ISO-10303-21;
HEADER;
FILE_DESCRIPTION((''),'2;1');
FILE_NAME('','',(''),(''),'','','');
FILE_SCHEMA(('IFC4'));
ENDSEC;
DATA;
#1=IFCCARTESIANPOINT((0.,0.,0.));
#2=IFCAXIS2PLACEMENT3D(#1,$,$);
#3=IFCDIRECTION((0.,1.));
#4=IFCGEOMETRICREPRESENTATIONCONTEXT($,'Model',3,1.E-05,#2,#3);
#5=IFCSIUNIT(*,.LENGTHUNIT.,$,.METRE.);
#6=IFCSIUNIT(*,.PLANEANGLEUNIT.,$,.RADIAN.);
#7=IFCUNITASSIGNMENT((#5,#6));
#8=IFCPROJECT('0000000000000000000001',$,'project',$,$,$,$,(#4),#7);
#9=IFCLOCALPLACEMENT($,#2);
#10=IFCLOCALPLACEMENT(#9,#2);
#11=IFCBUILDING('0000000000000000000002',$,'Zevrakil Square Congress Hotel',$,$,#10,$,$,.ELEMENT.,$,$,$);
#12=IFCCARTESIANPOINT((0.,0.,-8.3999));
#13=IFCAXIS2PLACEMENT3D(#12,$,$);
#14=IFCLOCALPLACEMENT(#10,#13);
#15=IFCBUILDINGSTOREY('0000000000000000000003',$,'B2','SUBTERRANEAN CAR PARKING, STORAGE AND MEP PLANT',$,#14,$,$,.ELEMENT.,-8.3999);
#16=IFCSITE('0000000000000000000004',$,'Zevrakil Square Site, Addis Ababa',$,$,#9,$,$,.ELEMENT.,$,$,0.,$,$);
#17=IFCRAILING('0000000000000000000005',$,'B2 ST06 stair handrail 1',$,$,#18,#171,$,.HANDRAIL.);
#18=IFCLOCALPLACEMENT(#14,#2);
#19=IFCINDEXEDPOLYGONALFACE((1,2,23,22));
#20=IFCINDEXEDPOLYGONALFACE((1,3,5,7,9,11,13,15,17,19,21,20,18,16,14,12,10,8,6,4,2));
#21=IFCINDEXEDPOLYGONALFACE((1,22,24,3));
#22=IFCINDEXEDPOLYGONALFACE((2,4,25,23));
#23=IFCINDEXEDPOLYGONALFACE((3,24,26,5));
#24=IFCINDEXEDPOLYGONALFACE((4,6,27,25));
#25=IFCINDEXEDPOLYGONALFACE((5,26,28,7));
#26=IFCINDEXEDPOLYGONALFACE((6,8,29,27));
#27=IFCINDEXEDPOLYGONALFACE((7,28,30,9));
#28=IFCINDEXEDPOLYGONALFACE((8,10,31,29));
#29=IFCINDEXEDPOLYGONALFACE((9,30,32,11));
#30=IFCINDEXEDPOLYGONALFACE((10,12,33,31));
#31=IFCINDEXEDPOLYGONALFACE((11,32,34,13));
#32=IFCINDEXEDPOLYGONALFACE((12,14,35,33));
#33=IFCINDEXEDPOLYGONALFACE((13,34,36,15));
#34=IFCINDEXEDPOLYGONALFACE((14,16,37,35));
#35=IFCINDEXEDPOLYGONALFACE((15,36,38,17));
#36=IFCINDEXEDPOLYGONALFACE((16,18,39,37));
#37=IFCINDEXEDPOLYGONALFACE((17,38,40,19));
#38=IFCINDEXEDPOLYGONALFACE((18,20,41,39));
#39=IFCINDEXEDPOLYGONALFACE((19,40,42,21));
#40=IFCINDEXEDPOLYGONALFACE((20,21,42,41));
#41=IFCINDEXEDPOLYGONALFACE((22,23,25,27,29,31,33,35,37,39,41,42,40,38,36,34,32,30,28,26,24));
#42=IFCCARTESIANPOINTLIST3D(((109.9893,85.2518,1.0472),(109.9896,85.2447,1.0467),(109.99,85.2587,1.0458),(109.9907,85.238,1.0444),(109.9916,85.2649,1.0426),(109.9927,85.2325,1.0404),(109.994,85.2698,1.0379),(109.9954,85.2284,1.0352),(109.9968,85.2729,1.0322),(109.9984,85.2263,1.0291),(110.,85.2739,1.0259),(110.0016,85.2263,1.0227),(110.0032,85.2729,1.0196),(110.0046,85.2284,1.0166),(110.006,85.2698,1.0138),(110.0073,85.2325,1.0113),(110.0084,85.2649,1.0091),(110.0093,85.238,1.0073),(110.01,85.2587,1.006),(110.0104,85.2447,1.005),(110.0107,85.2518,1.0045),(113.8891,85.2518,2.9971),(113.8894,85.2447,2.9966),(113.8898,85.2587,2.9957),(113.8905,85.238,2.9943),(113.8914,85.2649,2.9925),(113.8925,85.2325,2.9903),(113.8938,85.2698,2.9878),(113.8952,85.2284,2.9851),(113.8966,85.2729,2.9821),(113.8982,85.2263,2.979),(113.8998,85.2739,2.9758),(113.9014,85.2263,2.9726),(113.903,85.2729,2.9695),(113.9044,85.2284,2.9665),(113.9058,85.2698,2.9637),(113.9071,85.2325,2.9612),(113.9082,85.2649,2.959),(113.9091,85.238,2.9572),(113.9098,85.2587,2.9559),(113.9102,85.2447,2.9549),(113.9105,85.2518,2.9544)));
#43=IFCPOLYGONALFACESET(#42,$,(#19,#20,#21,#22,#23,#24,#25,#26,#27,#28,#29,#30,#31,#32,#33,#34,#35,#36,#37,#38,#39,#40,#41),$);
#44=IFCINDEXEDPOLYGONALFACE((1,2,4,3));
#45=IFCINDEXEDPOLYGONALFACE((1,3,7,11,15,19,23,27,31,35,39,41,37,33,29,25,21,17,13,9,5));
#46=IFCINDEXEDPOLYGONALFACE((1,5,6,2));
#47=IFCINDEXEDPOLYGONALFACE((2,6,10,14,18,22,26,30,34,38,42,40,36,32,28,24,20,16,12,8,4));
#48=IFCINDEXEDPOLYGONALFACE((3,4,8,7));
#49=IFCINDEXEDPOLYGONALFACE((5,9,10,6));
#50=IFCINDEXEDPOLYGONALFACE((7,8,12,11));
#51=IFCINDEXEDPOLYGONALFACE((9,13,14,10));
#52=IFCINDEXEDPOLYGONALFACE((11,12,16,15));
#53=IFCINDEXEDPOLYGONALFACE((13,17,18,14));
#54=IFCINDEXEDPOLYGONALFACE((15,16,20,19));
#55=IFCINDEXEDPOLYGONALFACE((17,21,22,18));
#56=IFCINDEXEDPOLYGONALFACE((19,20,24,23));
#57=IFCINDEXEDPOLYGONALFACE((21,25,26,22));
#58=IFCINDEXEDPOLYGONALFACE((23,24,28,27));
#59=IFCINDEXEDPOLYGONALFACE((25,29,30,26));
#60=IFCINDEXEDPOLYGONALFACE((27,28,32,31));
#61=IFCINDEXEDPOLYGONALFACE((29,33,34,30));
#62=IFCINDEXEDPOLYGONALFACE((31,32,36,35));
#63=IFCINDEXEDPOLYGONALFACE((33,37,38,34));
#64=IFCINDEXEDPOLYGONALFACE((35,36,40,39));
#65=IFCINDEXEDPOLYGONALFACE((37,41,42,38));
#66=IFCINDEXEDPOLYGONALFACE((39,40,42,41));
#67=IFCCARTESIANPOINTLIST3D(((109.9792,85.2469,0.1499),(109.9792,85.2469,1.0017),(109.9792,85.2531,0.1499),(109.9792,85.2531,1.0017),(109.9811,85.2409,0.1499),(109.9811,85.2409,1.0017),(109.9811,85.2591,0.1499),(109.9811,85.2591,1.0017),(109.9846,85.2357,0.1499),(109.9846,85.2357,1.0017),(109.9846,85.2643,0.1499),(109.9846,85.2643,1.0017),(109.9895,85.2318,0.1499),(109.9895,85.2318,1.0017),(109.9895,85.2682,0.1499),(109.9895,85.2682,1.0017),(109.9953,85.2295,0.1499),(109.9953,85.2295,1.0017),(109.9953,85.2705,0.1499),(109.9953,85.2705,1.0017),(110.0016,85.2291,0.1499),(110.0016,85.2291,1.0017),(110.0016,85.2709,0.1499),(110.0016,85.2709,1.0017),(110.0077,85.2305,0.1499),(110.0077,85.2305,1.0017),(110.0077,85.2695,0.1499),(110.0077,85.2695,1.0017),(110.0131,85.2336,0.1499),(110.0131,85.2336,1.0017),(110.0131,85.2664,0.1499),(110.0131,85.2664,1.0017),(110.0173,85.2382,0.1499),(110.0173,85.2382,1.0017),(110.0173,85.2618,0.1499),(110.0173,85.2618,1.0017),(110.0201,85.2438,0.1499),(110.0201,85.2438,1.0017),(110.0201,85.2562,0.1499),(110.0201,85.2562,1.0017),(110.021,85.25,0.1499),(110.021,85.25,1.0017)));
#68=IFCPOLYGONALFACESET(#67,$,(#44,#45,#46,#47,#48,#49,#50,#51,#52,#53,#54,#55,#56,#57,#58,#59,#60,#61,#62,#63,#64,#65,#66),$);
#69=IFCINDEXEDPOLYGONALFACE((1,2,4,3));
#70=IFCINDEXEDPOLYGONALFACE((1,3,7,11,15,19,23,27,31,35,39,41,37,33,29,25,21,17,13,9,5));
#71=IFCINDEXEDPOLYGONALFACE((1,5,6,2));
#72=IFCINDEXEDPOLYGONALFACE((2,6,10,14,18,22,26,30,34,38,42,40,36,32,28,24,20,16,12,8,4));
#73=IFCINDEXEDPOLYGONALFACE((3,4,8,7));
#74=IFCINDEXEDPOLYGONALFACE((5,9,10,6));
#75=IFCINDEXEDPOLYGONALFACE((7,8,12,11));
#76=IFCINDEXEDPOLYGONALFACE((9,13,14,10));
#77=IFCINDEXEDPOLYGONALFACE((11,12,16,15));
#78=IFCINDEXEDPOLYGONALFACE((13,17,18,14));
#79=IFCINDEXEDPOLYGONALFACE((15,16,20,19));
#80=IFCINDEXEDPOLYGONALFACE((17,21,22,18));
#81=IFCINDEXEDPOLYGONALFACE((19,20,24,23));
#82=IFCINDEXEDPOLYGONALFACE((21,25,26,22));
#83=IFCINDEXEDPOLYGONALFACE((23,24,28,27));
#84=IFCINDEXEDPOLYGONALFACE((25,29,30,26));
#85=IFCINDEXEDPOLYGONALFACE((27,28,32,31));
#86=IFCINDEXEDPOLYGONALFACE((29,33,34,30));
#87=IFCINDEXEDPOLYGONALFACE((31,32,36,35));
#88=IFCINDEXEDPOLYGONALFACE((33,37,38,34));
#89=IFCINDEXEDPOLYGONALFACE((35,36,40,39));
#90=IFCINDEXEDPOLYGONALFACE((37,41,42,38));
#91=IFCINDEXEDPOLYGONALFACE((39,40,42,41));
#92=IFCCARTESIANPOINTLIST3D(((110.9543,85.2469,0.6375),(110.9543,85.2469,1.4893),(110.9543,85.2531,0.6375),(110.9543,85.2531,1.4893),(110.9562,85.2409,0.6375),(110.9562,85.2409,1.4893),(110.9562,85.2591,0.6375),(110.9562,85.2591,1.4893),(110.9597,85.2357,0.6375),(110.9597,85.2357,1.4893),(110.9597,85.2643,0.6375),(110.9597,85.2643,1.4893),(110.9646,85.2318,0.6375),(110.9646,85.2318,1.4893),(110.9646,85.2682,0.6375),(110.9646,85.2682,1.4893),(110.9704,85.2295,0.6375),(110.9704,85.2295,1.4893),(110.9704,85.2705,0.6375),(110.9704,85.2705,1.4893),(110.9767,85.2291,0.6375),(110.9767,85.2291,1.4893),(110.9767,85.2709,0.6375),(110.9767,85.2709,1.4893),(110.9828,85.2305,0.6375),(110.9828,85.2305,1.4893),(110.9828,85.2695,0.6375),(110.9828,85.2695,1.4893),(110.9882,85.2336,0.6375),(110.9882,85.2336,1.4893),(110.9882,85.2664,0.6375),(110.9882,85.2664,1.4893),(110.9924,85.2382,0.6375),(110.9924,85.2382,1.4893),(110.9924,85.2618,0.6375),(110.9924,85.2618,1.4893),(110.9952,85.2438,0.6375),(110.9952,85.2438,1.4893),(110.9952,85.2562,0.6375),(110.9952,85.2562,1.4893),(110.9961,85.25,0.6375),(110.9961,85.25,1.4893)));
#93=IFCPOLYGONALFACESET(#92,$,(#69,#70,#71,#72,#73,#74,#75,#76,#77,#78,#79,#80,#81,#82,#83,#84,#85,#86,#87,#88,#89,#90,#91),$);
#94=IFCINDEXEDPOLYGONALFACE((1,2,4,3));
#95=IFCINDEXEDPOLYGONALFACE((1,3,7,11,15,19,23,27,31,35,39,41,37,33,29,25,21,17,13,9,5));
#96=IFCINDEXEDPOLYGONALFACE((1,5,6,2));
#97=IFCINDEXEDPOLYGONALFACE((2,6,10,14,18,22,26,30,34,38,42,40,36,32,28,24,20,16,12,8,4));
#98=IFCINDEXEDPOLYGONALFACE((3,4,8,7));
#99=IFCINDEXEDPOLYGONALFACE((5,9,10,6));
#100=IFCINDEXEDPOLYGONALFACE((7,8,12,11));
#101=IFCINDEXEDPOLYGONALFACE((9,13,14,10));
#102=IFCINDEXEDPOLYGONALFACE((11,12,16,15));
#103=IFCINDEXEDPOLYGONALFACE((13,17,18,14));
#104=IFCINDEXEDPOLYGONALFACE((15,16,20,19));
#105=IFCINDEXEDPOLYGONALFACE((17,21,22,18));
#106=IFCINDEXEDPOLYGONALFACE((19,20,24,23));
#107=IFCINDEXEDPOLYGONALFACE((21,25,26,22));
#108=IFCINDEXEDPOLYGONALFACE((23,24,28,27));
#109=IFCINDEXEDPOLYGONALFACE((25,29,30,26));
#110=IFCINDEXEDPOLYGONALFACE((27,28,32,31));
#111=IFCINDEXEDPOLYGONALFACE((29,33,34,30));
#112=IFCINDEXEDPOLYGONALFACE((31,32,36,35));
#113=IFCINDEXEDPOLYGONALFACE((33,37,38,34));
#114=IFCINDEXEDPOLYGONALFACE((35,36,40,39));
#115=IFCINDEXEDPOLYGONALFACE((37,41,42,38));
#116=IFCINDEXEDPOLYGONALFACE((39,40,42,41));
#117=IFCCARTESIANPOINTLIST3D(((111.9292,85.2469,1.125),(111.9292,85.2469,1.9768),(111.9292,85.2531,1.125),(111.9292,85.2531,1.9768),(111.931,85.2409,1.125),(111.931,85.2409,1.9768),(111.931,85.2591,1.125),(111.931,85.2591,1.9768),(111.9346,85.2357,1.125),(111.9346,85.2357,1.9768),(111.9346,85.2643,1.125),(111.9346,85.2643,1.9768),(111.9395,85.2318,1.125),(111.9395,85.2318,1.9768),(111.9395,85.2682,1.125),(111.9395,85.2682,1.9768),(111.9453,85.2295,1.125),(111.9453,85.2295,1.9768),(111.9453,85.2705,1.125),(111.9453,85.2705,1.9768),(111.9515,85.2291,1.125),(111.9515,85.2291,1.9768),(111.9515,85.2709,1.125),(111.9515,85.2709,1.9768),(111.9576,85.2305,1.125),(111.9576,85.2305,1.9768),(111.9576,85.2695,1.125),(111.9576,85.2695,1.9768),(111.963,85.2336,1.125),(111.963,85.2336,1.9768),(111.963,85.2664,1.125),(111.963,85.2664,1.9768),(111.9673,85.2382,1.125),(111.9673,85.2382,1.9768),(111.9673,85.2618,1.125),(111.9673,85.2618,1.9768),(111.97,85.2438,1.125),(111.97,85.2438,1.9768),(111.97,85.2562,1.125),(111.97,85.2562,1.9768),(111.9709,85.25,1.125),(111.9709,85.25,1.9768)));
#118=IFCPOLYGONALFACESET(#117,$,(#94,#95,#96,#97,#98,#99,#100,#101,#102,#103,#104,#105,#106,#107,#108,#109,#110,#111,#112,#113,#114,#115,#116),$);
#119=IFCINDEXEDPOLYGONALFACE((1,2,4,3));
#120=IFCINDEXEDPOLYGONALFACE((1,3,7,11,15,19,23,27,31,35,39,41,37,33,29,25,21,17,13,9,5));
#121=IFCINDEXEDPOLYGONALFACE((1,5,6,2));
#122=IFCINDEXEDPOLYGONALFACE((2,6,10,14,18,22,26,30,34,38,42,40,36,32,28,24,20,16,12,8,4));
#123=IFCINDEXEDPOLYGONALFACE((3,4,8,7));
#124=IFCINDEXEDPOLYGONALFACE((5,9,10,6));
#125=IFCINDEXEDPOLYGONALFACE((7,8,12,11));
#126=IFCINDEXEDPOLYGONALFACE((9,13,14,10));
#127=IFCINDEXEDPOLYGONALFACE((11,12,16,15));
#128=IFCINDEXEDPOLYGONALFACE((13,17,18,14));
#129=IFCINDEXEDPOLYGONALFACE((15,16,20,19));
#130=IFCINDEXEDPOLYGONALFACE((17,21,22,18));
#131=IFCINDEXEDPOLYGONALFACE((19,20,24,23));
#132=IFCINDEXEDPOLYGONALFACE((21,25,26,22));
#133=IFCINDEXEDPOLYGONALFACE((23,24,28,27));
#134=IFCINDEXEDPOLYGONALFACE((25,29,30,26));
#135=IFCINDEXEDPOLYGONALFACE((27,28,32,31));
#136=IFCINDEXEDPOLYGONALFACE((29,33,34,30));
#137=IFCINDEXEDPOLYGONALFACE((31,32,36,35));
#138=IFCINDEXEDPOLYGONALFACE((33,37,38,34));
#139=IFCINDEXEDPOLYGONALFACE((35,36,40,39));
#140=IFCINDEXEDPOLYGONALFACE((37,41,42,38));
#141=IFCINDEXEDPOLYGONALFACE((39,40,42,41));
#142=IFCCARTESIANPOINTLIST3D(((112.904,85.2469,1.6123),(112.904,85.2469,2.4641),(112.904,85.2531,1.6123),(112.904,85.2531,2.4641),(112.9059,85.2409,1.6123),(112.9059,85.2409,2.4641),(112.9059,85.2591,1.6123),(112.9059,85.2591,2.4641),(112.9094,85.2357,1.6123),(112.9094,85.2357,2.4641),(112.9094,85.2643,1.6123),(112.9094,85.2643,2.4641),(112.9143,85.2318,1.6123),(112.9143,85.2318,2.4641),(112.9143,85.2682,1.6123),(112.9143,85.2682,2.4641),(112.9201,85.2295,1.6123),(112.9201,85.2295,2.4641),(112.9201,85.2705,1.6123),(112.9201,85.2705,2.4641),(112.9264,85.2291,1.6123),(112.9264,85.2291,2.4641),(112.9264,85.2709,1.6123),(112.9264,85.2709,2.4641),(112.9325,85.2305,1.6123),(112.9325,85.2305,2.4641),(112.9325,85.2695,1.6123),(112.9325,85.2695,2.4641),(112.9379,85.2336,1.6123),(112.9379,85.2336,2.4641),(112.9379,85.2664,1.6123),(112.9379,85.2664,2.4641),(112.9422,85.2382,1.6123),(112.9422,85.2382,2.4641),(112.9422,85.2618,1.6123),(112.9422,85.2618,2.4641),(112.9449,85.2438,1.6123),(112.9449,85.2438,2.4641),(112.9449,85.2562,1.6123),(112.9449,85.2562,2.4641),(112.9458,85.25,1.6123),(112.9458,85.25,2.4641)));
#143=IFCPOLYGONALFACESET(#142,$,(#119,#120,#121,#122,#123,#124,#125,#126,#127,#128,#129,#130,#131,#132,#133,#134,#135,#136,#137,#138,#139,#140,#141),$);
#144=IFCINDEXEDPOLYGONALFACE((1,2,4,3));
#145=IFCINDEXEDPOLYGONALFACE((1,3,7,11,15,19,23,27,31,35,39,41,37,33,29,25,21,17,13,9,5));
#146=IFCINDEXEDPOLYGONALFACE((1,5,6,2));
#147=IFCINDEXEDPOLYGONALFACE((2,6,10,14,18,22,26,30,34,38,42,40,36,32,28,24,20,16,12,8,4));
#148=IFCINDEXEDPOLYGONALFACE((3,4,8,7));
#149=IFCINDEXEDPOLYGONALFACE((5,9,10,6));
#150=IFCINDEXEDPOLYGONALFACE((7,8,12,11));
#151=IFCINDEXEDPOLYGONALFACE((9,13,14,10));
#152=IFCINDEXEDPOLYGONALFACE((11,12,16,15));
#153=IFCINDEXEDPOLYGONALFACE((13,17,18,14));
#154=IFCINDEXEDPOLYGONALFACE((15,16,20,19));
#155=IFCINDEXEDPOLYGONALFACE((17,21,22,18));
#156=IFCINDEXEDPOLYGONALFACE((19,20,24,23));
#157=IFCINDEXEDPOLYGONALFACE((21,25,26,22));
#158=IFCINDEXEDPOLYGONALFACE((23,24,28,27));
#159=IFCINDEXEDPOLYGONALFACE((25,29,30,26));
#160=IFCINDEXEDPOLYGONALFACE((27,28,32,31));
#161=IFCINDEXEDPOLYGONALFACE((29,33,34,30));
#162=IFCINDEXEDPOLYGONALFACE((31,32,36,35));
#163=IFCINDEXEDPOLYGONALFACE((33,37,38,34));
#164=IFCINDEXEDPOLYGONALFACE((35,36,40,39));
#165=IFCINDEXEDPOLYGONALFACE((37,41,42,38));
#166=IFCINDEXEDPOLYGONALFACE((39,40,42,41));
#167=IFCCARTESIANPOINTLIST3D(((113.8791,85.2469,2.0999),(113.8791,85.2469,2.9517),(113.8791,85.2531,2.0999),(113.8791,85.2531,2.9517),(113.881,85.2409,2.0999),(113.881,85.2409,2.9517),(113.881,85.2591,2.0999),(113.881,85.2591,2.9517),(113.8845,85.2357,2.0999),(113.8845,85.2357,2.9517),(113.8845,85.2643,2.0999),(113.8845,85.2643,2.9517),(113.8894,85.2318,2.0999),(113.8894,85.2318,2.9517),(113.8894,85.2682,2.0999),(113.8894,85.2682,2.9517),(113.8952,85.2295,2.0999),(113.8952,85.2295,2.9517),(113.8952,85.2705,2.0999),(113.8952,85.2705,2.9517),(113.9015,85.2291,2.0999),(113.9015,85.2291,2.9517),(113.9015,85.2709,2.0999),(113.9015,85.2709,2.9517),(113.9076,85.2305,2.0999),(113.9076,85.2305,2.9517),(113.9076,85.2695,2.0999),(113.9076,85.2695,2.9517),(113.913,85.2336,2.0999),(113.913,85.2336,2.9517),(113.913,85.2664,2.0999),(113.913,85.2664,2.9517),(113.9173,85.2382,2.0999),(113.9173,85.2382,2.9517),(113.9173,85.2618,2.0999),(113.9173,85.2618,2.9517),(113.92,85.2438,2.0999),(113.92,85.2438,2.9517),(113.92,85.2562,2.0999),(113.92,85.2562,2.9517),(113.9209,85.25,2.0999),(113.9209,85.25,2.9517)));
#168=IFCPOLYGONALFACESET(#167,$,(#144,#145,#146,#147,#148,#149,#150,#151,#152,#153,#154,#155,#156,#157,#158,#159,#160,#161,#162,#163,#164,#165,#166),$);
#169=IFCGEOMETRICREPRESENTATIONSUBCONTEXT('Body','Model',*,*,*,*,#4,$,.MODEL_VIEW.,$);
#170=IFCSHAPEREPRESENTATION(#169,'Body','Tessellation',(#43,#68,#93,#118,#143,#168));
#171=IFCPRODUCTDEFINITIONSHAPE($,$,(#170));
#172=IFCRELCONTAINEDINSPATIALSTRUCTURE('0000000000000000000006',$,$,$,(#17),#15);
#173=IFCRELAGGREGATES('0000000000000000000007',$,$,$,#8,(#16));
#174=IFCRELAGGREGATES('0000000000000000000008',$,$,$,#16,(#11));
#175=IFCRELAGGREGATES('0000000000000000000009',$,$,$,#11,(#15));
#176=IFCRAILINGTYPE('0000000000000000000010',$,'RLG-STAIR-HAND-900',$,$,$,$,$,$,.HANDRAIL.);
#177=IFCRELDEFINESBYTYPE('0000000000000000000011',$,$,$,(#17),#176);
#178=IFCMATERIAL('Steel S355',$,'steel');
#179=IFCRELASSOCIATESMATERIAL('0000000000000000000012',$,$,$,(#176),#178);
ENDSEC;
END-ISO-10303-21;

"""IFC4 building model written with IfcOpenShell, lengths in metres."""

from ifc_helpers import new_model, si_unit, direction, frame, origin, origin_2d, place, context, subcontext, project, spatial, circle, extrude, material, type_object, element, save


model = new_model("IFC4")

# Units and contexts
model_context = context("Model", 3, precision=1e-05, world=origin(), true_north=direction((0.0, 1.0)))
body_context = subcontext(model_context, "Body", "Model", "MODEL_VIEW")
ifc_project = project(units=[si_unit("LENGTHUNIT", "METRE"), si_unit("PLANEANGLEUNIT", "RADIAN")], contexts=[model_context])

# Site, building, storey
site_placement = place(None, origin())
site = spatial("IfcSite", under=ifc_project, at=site_placement, Name="Zevrakil Square Site, Addis Ababa", CompositionType="ELEMENT", RefElevation=0.0)
building_placement = place(site_placement, origin())
building = spatial("IfcBuilding", under=site, at=building_placement, Name="Zevrakil Square Congress Hotel", CompositionType="ELEMENT")
storey_placement = place(building_placement, frame((0.0, 0.0, -8.3999)))
storey = spatial("IfcBuildingStorey", under=building, at=storey_placement, Name="B2", Description="SUBTERRANEAN CAR PARKING, STORAGE AND MEP PLANT", CompositionType="ELEMENT", Elevation=-8.3999)

# Railing
ifc_material_1 = material(Name="Steel S355", Category="steel")
railing_type_1 = type_object("IfcRailingType", Name="RLG-STAIR-HAND-900", PredefinedType="HANDRAIL", material=ifc_material_1)
railing_1_placement = place(storey_placement, frame((110.0, 85.25, 0.1499)))
element("IfcRailing", 1, at=railing_1_placement, inside=storey, type_object=railing_type_1, Name="B2 ST06 stair handrail 1", PredefinedType="HANDRAIL", context=body_context, shape_type="SweptSolid", body=[
    extrude(circle(Radius=0.0239, at=origin_2d()), frame((0.0, 0.0, 0.876), z_axis=(0.894427, 0.0, 0.447214), x_axis=(0.0, 1.0, 0.0)), (0.0, 0.0, 1.0), 4.3601),
    extrude(circle(Radius=0.021, at=origin_2d()), origin(), (0.0, 0.0, 1.0), 0.8518),
    extrude(circle(Radius=0.021, at=origin_2d()), frame((0.9751, 0.0, 0.4875)), (0.0, 0.0, 1.0), 0.8518),
    extrude(circle(Radius=0.021, at=origin_2d()), frame((1.95, 0.0, 0.9751)), (0.0, 0.0, 1.0), 0.8518),
    extrude(circle(Radius=0.021, at=origin_2d()), frame((2.9248, 0.0, 1.4624)), (0.0, 0.0, 1.0), 0.8518),
    extrude(circle(Radius=0.021, at=origin_2d()), frame((3.8999, 0.0, 1.95)), (0.0, 0.0, 1.0), 0.8518),
])

save(model, "model.ifc")
